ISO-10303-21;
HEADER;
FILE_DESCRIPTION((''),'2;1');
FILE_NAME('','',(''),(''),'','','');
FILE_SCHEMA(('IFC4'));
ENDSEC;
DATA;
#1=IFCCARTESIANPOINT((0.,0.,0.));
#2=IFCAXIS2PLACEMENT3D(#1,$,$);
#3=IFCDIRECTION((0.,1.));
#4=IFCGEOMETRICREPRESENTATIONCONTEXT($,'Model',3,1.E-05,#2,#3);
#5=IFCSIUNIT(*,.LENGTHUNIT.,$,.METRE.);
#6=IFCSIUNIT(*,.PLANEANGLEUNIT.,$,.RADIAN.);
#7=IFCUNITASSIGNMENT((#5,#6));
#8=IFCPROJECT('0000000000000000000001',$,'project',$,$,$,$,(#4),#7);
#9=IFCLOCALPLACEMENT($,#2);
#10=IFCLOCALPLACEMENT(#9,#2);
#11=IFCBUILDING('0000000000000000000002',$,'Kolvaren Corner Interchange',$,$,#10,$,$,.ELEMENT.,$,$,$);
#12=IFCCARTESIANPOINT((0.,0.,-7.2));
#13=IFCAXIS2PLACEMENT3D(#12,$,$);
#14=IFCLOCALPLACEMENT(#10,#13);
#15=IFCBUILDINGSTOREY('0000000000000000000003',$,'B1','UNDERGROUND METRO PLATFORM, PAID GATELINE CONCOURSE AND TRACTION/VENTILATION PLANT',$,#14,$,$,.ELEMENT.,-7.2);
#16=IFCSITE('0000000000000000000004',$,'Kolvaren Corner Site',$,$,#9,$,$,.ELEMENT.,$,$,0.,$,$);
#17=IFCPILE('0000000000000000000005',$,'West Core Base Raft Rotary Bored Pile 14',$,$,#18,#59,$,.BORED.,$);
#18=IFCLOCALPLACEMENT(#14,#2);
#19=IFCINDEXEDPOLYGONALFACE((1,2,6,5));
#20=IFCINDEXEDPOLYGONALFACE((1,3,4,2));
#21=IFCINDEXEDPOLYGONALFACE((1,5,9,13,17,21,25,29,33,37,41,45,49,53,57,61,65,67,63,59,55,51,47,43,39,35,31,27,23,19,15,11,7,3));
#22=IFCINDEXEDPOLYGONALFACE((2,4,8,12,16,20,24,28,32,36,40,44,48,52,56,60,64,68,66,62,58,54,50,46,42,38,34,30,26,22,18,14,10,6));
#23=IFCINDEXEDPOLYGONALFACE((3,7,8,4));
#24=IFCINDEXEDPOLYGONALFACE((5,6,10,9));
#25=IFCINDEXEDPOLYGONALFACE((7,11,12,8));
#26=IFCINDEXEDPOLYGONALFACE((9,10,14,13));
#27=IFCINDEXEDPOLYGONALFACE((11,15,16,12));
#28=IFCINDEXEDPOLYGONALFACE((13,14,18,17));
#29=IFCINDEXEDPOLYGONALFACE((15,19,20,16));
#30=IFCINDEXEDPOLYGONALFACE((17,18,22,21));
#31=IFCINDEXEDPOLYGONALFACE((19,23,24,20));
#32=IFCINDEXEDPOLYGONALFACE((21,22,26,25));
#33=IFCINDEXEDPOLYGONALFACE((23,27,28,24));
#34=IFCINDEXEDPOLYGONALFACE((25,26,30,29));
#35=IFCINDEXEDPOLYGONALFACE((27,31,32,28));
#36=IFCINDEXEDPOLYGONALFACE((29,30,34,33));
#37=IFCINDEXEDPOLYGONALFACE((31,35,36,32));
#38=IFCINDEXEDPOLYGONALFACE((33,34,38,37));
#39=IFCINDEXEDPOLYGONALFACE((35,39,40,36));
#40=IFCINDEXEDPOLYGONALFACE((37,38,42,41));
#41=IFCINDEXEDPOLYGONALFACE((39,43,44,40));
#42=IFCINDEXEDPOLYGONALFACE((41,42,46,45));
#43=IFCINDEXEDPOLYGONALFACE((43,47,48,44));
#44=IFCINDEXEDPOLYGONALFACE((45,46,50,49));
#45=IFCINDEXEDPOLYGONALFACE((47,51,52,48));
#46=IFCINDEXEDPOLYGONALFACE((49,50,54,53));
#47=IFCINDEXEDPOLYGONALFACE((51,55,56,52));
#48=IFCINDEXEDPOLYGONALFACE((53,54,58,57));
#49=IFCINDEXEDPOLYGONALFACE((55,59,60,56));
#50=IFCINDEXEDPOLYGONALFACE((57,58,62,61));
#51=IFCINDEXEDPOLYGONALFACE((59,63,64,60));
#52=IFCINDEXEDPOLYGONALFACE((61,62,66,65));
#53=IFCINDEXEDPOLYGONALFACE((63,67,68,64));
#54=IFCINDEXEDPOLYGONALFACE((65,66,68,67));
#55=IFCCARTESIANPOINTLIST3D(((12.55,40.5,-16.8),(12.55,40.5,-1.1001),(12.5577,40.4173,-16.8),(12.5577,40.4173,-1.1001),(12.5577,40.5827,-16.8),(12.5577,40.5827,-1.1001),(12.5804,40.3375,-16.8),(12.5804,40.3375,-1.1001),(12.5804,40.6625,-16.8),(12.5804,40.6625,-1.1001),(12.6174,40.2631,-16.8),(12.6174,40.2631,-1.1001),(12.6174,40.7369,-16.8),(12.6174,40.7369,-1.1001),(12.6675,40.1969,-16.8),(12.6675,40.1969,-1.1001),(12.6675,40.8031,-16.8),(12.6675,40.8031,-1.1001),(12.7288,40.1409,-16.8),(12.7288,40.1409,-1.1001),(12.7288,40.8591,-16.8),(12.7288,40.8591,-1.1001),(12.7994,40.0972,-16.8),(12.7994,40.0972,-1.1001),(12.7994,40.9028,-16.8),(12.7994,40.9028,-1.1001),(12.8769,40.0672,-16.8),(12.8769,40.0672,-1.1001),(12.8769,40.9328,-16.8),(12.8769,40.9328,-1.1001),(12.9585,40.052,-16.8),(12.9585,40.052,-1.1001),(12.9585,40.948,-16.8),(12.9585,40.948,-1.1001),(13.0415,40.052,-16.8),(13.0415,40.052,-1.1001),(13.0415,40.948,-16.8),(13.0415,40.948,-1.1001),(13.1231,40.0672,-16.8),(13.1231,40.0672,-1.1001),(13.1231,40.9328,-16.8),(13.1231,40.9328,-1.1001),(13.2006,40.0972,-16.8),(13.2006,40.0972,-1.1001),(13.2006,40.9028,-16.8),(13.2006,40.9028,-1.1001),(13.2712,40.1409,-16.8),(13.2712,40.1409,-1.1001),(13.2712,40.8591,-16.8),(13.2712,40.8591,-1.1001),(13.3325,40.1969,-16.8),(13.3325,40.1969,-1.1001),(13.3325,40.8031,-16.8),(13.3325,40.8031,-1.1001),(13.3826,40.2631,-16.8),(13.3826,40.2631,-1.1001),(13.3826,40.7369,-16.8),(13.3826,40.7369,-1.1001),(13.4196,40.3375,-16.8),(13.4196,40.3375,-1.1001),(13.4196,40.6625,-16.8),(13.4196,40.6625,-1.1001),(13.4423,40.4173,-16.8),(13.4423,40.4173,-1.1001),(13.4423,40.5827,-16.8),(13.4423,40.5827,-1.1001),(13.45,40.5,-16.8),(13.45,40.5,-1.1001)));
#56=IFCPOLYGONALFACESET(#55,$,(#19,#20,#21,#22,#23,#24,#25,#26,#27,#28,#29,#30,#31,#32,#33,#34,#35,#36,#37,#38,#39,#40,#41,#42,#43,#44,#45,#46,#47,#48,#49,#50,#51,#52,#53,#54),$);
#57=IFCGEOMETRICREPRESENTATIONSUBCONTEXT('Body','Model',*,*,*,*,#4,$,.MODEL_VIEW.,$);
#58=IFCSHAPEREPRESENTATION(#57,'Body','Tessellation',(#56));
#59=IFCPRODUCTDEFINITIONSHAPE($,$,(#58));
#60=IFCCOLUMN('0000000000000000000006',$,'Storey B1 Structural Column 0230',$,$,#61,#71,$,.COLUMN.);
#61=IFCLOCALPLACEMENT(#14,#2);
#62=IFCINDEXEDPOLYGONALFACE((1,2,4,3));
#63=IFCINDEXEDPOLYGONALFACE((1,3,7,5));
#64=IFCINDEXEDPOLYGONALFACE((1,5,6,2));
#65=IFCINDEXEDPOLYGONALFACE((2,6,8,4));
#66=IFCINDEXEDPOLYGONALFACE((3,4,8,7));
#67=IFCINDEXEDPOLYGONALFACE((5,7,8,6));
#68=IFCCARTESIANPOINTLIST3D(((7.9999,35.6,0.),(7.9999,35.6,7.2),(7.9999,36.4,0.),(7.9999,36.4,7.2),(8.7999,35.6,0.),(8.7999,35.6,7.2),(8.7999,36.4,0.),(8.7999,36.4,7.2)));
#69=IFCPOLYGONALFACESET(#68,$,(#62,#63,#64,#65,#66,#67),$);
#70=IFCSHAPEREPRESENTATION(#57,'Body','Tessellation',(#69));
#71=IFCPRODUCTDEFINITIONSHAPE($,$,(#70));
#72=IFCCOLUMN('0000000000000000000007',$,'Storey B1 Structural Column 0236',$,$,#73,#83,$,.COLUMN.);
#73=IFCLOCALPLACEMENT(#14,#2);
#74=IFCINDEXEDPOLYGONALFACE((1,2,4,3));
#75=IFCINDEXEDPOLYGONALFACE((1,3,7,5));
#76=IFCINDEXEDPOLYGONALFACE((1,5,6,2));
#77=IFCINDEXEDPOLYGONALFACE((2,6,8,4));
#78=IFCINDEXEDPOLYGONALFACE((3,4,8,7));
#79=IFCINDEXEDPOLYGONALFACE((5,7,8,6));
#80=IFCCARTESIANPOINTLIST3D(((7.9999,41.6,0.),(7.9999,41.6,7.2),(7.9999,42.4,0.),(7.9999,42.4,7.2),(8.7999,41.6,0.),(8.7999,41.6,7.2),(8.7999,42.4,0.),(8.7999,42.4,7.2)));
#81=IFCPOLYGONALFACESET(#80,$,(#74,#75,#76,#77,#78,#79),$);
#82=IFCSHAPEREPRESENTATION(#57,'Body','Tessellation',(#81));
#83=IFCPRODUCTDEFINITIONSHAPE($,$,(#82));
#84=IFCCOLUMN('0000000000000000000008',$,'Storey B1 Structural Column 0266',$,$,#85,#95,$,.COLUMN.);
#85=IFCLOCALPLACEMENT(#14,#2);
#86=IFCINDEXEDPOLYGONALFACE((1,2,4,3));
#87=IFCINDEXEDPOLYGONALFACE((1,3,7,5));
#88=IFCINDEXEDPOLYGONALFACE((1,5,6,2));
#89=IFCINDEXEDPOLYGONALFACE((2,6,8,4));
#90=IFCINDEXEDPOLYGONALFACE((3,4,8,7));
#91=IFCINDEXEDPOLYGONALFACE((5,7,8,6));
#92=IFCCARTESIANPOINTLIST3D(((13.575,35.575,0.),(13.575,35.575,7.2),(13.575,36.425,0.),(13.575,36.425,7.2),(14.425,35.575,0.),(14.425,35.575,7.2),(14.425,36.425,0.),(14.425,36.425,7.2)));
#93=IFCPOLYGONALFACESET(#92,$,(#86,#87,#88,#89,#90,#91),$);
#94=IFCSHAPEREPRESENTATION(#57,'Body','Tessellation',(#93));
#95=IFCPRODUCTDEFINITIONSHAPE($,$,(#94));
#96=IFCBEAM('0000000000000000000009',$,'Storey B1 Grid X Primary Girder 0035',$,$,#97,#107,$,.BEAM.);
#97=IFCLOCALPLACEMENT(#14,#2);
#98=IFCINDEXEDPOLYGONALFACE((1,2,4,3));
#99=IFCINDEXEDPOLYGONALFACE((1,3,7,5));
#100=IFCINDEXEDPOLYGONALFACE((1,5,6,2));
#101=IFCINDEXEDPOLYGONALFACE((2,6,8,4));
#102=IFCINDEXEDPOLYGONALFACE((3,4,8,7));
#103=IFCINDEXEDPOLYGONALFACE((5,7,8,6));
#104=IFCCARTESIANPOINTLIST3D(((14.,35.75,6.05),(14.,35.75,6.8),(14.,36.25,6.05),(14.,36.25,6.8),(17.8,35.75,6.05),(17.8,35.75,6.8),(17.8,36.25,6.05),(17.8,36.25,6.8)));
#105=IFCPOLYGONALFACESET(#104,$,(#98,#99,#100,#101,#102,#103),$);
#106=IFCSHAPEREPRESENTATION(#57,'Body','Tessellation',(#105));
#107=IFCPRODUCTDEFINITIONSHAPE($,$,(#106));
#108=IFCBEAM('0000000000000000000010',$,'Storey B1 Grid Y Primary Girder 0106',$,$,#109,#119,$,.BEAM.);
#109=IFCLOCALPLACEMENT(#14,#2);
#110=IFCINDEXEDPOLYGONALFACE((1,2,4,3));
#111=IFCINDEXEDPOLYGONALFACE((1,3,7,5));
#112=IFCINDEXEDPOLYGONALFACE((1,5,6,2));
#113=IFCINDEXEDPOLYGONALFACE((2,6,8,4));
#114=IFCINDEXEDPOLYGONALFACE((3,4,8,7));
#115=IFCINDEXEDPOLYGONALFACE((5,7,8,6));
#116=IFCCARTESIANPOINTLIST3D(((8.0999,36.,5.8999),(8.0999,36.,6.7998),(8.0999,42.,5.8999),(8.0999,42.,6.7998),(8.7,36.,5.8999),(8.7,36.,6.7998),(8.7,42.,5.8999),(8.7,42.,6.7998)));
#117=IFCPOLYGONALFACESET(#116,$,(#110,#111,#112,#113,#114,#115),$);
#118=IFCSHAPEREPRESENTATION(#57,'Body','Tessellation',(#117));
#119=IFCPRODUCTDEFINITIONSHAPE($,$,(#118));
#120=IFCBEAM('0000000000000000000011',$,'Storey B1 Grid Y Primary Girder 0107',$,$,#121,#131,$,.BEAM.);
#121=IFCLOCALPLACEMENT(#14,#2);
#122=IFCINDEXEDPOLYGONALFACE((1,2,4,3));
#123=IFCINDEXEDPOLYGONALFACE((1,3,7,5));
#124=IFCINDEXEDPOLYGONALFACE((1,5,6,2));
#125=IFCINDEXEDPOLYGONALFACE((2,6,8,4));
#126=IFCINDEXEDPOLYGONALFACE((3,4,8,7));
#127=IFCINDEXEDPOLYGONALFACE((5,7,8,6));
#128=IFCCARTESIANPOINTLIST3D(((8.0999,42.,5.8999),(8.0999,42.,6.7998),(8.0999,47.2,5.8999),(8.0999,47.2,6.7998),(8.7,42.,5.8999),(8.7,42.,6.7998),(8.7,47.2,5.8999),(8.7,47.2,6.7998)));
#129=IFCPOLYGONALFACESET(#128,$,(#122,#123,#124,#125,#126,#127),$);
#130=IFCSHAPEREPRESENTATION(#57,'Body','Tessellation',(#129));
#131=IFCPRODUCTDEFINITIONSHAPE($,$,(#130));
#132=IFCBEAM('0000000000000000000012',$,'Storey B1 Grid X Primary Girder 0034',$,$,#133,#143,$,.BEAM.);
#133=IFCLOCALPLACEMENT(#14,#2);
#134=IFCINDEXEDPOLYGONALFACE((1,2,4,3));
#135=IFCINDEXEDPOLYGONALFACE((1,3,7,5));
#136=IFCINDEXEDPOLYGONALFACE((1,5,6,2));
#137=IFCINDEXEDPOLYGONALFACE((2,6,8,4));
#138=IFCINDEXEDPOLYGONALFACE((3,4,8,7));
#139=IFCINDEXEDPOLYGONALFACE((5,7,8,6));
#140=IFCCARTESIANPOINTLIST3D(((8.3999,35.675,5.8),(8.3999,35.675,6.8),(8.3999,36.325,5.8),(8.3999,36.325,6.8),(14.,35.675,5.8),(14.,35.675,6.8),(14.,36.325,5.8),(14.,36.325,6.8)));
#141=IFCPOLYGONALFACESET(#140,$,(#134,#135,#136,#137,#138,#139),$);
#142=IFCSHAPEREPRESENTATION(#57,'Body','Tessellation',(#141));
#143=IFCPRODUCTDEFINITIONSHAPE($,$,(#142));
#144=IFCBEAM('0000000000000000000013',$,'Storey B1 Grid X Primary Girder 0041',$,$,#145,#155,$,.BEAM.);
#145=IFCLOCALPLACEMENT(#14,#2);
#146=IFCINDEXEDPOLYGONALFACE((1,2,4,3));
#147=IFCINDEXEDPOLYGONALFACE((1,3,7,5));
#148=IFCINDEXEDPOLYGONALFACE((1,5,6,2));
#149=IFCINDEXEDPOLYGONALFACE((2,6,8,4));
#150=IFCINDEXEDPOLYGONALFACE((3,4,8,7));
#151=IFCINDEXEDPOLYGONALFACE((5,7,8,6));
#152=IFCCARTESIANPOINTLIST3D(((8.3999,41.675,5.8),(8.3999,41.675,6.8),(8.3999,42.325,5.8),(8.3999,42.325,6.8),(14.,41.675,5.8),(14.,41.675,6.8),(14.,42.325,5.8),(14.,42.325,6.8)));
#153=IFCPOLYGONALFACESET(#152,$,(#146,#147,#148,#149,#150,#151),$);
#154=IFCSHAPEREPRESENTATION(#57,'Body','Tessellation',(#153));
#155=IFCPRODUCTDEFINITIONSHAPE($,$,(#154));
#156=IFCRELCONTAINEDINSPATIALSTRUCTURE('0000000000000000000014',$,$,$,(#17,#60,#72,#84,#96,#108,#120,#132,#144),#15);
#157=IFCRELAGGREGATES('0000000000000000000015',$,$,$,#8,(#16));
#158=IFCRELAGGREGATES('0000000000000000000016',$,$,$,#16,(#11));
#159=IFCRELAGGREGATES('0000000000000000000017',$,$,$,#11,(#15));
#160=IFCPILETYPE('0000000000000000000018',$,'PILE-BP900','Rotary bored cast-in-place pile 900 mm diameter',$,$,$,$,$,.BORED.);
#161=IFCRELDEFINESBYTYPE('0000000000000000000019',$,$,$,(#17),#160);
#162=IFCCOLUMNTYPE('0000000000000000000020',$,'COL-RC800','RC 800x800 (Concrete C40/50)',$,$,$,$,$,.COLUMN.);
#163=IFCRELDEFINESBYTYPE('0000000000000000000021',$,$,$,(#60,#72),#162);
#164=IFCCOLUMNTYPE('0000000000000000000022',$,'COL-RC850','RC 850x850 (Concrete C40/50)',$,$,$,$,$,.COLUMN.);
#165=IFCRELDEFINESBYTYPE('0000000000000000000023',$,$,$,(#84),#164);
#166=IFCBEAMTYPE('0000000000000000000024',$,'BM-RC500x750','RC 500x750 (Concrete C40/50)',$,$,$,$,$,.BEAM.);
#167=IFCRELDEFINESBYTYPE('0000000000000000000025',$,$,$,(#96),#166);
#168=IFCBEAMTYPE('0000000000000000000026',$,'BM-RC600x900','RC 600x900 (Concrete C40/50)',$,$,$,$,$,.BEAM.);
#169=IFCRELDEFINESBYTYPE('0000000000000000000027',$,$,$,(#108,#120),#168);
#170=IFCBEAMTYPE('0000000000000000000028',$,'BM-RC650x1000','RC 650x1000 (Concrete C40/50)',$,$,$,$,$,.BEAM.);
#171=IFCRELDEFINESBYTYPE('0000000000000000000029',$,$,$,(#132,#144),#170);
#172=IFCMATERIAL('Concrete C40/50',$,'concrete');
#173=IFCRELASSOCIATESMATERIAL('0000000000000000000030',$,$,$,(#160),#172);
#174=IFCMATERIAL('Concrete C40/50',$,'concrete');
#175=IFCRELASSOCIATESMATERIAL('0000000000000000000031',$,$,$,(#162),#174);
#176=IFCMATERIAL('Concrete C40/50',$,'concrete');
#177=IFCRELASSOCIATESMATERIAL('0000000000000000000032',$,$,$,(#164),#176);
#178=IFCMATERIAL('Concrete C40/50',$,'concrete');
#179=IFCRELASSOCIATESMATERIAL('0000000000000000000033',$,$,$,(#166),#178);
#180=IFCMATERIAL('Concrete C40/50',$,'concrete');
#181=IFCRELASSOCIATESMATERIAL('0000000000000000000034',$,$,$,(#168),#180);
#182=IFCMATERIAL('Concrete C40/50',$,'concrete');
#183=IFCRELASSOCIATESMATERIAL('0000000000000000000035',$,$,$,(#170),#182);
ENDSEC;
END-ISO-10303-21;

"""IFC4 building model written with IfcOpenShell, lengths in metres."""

from ifc_helpers import new_model, si_unit, direction, frame, origin, origin_2d, place, context, subcontext, project, spatial, rectangle, circle, extrude, material, material_profile, profile_set, type_object, element, save


model = new_model("IFC4")

# Units and contexts
model_context = context("Model", 3, precision=1e-05, world=origin(), true_north=direction((0.0, 1.0)))
body_context = subcontext(model_context, "Body", "Model", "MODEL_VIEW")
ifc_project = project(units=[si_unit("LENGTHUNIT", "METRE"), si_unit("PLANEANGLEUNIT", "RADIAN")], contexts=[model_context])

# Site, building, storey
site_placement = place(None, origin())
site = spatial("IfcSite", under=ifc_project, at=site_placement, Name="Kolvaren Corner Site", CompositionType="ELEMENT", RefElevation=0.0)
building_placement = place(site_placement, origin())
building = spatial("IfcBuilding", under=site, at=building_placement, Name="Kolvaren Corner Interchange", CompositionType="ELEMENT")
storey_placement = place(building_placement, frame((0.0, 0.0, -7.2)))
storey = spatial("IfcBuildingStorey", under=building, at=storey_placement, Name="B1", Description="UNDERGROUND METRO PLATFORM, PAID GATELINE CONCOURSE AND TRACTION/VENTILATION PLANT", CompositionType="ELEMENT", Elevation=-7.2)

# Pile
ifc_material_1 = material(Name="Concrete C40/50", Category="concrete")
ifc_material_profile_1 = material_profile(ifc_material_1, circle(Radius=0.45, at=origin_2d()), Name="BORED PILE 900")
ifc_profile_set_1 = profile_set([ifc_material_profile_1], Name="Concrete C40/50")
pile_type_1 = type_object("IfcPileType", Name="PILE-BP900", Description="Rotary bored cast-in-place pile 900 mm diameter", PredefinedType="BORED", material=ifc_profile_set_1)
for number, where, z_axis, x_axis, name in (
    (1, (13.0, 40.5, -1.1001), (0.0, 0.0, -1.0), (1.0, 0.0, 0.0), "West Core Base Raft Rotary Bored Pile 14"),
):
    element("IfcPile", number, at=place(storey_placement, frame(where, z_axis=z_axis, x_axis=x_axis)), inside=storey, type_object=pile_type_1, Name=name, PredefinedType="BORED", context=body_context, shape_type="SweptSolid", body=[
        extrude(circle(Radius=0.45, at=origin_2d()), origin(), (0.0, 0.0, 1.0), 15.7),
    ])

# Columns
ifc_material_2 = material(Name="Concrete C40/50", Category="concrete")
ifc_material_profile_2 = material_profile(ifc_material_2, rectangle(XDim=0.8, YDim=0.8, at=origin_2d()), Name="RC 800x800")
ifc_profile_set_2 = profile_set([ifc_material_profile_2], Name="Concrete C40/50")
column_type_1 = type_object("IfcColumnType", Name="COL-RC800", Description="RC 800x800 (Concrete C40/50)", PredefinedType="COLUMN", material=ifc_profile_set_2)
for number, where, z_axis, x_axis, name in (
    (2, (8.3999, 36.0, 0.0), (0.0, 0.0, 1.0), (1.0, 0.0, 0.0), "Storey B1 Structural Column 0230"),
    (3, (8.3999, 42.0, 0.0), (0.0, 0.0, 1.0), (1.0, 0.0, 0.0), "Storey B1 Structural Column 0236"),
):
    element("IfcColumn", number, at=place(storey_placement, frame(where, z_axis=z_axis, x_axis=x_axis)), inside=storey, type_object=column_type_1, Name=name, PredefinedType="COLUMN", context=body_context, shape_type="SweptSolid", body=[
        extrude(rectangle(XDim=0.8, YDim=0.8, at=origin_2d()), origin(), (0.0, 0.0, 1.0), 7.2),
    ])
ifc_material_3 = material(Name="Concrete C40/50", Category="concrete")
ifc_material_profile_3 = material_profile(ifc_material_3, rectangle(XDim=0.8501, YDim=0.8501, at=origin_2d()), Name="RC 850x850")
ifc_profile_set_3 = profile_set([ifc_material_profile_3], Name="Concrete C40/50")
column_type_2 = type_object("IfcColumnType", Name="COL-RC850", Description="RC 850x850 (Concrete C40/50)", PredefinedType="COLUMN", material=ifc_profile_set_3)
column_placement = place(storey_placement, frame((14.0, 36.0, 0.0), z_axis=(0.0, 0.0, 1.0), x_axis=(1.0, 0.0, 0.0)))
element("IfcColumn", 4, at=column_placement, inside=storey, type_object=column_type_2, Name="Storey B1 Structural Column 0266", PredefinedType="COLUMN", context=body_context, shape_type="SweptSolid", body=[
    extrude(rectangle(XDim=0.8501, YDim=0.8501, at=origin_2d()), origin(), (0.0, 0.0, 1.0), 7.2),
])

# Beams
ifc_material_4 = material(Name="Concrete C40/50", Category="concrete")
ifc_material_profile_4 = material_profile(ifc_material_4, rectangle(XDim=0.5, YDim=0.75, at=origin_2d()), Name="RC 500x750")
ifc_profile_set_4 = profile_set([ifc_material_profile_4], Name="Concrete C40/50")
beam_type_1 = type_object("IfcBeamType", Name="BM-RC500x750", Description="RC 500x750 (Concrete C40/50)", PredefinedType="BEAM", material=ifc_profile_set_4)
beam_1_placement = place(storey_placement, frame((14.0, 36.0, 6.425), z_axis=(1.0, 0.0, 0.0), x_axis=(0.0, 1.0, 0.0)))
element("IfcBeam", 5, at=beam_1_placement, inside=storey, type_object=beam_type_1, Name="Storey B1 Grid X Primary Girder 0035", PredefinedType="BEAM", context=body_context, shape_type="SweptSolid", body=[
    extrude(rectangle(XDim=0.5, YDim=0.75, at=origin_2d()), origin(), (0.0, 0.0, 1.0), 3.8),
])
ifc_material_5 = material(Name="Concrete C40/50", Category="concrete")
ifc_material_profile_5 = material_profile(ifc_material_5, rectangle(XDim=0.6001, YDim=0.8999, at=origin_2d()), Name="RC 600x900")
ifc_profile_set_5 = profile_set([ifc_material_profile_5], Name="Concrete C40/50")
beam_type_2 = type_object("IfcBeamType", Name="BM-RC600x900", Description="RC 600x900 (Concrete C40/50)", PredefinedType="BEAM", material=ifc_profile_set_5)
beam_2_placement = place(storey_placement, frame((8.3999, 36.0, 6.3499), z_axis=(0.0, 1.0, 0.0), x_axis=(-1.0, 0.0, 0.0)))
element("IfcBeam", 6, at=beam_2_placement, inside=storey, type_object=beam_type_2, Name="Storey B1 Grid Y Primary Girder 0106", PredefinedType="BEAM", context=body_context, shape_type="SweptSolid", body=[
    extrude(rectangle(XDim=0.6001, YDim=0.8999, at=origin_2d()), origin(), (0.0, 0.0, 1.0), 6.0),
])
beam_3_placement = place(storey_placement, frame((8.3999, 42.0, 6.3499), z_axis=(0.0, 1.0, 0.0), x_axis=(-1.0, 0.0, 0.0)))
element("IfcBeam", 7, at=beam_3_placement, inside=storey, type_object=beam_type_2, Name="Storey B1 Grid Y Primary Girder 0107", PredefinedType="BEAM", context=body_context, shape_type="SweptSolid", body=[
    extrude(rectangle(XDim=0.6001, YDim=0.8999, at=origin_2d()), origin(), (0.0, 0.0, 1.0), 5.2),
])
ifc_material_6 = material(Name="Concrete C40/50", Category="concrete")
ifc_material_profile_6 = material_profile(ifc_material_6, rectangle(XDim=0.6499, YDim=1.0, at=origin_2d()), Name="RC 650x1000")
ifc_profile_set_6 = profile_set([ifc_material_profile_6], Name="Concrete C40/50")
beam_type_3 = type_object("IfcBeamType", Name="BM-RC650x1000", Description="RC 650x1000 (Concrete C40/50)", PredefinedType="BEAM", material=ifc_profile_set_6)
for number, where, z_axis, x_axis, name in (
    (8, (8.3999, 36.0, 6.3), (1.0, 0.0, 0.0), (0.0, 1.0, 0.0), "Storey B1 Grid X Primary Girder 0034"),
    (9, (8.3999, 42.0, 6.3), (1.0, 0.0, 0.0), (0.0, 1.0, 0.0), "Storey B1 Grid X Primary Girder 0041"),
):
    element("IfcBeam", number, at=place(storey_placement, frame(where, z_axis=z_axis, x_axis=x_axis)), inside=storey, type_object=beam_type_3, Name=name, PredefinedType="BEAM", context=body_context, shape_type="SweptSolid", body=[
        extrude(rectangle(XDim=0.6499, YDim=1.0, at=origin_2d()), origin(), (0.0, 0.0, 1.0), 5.6001),
    ])

save(model, "model.ifc")
